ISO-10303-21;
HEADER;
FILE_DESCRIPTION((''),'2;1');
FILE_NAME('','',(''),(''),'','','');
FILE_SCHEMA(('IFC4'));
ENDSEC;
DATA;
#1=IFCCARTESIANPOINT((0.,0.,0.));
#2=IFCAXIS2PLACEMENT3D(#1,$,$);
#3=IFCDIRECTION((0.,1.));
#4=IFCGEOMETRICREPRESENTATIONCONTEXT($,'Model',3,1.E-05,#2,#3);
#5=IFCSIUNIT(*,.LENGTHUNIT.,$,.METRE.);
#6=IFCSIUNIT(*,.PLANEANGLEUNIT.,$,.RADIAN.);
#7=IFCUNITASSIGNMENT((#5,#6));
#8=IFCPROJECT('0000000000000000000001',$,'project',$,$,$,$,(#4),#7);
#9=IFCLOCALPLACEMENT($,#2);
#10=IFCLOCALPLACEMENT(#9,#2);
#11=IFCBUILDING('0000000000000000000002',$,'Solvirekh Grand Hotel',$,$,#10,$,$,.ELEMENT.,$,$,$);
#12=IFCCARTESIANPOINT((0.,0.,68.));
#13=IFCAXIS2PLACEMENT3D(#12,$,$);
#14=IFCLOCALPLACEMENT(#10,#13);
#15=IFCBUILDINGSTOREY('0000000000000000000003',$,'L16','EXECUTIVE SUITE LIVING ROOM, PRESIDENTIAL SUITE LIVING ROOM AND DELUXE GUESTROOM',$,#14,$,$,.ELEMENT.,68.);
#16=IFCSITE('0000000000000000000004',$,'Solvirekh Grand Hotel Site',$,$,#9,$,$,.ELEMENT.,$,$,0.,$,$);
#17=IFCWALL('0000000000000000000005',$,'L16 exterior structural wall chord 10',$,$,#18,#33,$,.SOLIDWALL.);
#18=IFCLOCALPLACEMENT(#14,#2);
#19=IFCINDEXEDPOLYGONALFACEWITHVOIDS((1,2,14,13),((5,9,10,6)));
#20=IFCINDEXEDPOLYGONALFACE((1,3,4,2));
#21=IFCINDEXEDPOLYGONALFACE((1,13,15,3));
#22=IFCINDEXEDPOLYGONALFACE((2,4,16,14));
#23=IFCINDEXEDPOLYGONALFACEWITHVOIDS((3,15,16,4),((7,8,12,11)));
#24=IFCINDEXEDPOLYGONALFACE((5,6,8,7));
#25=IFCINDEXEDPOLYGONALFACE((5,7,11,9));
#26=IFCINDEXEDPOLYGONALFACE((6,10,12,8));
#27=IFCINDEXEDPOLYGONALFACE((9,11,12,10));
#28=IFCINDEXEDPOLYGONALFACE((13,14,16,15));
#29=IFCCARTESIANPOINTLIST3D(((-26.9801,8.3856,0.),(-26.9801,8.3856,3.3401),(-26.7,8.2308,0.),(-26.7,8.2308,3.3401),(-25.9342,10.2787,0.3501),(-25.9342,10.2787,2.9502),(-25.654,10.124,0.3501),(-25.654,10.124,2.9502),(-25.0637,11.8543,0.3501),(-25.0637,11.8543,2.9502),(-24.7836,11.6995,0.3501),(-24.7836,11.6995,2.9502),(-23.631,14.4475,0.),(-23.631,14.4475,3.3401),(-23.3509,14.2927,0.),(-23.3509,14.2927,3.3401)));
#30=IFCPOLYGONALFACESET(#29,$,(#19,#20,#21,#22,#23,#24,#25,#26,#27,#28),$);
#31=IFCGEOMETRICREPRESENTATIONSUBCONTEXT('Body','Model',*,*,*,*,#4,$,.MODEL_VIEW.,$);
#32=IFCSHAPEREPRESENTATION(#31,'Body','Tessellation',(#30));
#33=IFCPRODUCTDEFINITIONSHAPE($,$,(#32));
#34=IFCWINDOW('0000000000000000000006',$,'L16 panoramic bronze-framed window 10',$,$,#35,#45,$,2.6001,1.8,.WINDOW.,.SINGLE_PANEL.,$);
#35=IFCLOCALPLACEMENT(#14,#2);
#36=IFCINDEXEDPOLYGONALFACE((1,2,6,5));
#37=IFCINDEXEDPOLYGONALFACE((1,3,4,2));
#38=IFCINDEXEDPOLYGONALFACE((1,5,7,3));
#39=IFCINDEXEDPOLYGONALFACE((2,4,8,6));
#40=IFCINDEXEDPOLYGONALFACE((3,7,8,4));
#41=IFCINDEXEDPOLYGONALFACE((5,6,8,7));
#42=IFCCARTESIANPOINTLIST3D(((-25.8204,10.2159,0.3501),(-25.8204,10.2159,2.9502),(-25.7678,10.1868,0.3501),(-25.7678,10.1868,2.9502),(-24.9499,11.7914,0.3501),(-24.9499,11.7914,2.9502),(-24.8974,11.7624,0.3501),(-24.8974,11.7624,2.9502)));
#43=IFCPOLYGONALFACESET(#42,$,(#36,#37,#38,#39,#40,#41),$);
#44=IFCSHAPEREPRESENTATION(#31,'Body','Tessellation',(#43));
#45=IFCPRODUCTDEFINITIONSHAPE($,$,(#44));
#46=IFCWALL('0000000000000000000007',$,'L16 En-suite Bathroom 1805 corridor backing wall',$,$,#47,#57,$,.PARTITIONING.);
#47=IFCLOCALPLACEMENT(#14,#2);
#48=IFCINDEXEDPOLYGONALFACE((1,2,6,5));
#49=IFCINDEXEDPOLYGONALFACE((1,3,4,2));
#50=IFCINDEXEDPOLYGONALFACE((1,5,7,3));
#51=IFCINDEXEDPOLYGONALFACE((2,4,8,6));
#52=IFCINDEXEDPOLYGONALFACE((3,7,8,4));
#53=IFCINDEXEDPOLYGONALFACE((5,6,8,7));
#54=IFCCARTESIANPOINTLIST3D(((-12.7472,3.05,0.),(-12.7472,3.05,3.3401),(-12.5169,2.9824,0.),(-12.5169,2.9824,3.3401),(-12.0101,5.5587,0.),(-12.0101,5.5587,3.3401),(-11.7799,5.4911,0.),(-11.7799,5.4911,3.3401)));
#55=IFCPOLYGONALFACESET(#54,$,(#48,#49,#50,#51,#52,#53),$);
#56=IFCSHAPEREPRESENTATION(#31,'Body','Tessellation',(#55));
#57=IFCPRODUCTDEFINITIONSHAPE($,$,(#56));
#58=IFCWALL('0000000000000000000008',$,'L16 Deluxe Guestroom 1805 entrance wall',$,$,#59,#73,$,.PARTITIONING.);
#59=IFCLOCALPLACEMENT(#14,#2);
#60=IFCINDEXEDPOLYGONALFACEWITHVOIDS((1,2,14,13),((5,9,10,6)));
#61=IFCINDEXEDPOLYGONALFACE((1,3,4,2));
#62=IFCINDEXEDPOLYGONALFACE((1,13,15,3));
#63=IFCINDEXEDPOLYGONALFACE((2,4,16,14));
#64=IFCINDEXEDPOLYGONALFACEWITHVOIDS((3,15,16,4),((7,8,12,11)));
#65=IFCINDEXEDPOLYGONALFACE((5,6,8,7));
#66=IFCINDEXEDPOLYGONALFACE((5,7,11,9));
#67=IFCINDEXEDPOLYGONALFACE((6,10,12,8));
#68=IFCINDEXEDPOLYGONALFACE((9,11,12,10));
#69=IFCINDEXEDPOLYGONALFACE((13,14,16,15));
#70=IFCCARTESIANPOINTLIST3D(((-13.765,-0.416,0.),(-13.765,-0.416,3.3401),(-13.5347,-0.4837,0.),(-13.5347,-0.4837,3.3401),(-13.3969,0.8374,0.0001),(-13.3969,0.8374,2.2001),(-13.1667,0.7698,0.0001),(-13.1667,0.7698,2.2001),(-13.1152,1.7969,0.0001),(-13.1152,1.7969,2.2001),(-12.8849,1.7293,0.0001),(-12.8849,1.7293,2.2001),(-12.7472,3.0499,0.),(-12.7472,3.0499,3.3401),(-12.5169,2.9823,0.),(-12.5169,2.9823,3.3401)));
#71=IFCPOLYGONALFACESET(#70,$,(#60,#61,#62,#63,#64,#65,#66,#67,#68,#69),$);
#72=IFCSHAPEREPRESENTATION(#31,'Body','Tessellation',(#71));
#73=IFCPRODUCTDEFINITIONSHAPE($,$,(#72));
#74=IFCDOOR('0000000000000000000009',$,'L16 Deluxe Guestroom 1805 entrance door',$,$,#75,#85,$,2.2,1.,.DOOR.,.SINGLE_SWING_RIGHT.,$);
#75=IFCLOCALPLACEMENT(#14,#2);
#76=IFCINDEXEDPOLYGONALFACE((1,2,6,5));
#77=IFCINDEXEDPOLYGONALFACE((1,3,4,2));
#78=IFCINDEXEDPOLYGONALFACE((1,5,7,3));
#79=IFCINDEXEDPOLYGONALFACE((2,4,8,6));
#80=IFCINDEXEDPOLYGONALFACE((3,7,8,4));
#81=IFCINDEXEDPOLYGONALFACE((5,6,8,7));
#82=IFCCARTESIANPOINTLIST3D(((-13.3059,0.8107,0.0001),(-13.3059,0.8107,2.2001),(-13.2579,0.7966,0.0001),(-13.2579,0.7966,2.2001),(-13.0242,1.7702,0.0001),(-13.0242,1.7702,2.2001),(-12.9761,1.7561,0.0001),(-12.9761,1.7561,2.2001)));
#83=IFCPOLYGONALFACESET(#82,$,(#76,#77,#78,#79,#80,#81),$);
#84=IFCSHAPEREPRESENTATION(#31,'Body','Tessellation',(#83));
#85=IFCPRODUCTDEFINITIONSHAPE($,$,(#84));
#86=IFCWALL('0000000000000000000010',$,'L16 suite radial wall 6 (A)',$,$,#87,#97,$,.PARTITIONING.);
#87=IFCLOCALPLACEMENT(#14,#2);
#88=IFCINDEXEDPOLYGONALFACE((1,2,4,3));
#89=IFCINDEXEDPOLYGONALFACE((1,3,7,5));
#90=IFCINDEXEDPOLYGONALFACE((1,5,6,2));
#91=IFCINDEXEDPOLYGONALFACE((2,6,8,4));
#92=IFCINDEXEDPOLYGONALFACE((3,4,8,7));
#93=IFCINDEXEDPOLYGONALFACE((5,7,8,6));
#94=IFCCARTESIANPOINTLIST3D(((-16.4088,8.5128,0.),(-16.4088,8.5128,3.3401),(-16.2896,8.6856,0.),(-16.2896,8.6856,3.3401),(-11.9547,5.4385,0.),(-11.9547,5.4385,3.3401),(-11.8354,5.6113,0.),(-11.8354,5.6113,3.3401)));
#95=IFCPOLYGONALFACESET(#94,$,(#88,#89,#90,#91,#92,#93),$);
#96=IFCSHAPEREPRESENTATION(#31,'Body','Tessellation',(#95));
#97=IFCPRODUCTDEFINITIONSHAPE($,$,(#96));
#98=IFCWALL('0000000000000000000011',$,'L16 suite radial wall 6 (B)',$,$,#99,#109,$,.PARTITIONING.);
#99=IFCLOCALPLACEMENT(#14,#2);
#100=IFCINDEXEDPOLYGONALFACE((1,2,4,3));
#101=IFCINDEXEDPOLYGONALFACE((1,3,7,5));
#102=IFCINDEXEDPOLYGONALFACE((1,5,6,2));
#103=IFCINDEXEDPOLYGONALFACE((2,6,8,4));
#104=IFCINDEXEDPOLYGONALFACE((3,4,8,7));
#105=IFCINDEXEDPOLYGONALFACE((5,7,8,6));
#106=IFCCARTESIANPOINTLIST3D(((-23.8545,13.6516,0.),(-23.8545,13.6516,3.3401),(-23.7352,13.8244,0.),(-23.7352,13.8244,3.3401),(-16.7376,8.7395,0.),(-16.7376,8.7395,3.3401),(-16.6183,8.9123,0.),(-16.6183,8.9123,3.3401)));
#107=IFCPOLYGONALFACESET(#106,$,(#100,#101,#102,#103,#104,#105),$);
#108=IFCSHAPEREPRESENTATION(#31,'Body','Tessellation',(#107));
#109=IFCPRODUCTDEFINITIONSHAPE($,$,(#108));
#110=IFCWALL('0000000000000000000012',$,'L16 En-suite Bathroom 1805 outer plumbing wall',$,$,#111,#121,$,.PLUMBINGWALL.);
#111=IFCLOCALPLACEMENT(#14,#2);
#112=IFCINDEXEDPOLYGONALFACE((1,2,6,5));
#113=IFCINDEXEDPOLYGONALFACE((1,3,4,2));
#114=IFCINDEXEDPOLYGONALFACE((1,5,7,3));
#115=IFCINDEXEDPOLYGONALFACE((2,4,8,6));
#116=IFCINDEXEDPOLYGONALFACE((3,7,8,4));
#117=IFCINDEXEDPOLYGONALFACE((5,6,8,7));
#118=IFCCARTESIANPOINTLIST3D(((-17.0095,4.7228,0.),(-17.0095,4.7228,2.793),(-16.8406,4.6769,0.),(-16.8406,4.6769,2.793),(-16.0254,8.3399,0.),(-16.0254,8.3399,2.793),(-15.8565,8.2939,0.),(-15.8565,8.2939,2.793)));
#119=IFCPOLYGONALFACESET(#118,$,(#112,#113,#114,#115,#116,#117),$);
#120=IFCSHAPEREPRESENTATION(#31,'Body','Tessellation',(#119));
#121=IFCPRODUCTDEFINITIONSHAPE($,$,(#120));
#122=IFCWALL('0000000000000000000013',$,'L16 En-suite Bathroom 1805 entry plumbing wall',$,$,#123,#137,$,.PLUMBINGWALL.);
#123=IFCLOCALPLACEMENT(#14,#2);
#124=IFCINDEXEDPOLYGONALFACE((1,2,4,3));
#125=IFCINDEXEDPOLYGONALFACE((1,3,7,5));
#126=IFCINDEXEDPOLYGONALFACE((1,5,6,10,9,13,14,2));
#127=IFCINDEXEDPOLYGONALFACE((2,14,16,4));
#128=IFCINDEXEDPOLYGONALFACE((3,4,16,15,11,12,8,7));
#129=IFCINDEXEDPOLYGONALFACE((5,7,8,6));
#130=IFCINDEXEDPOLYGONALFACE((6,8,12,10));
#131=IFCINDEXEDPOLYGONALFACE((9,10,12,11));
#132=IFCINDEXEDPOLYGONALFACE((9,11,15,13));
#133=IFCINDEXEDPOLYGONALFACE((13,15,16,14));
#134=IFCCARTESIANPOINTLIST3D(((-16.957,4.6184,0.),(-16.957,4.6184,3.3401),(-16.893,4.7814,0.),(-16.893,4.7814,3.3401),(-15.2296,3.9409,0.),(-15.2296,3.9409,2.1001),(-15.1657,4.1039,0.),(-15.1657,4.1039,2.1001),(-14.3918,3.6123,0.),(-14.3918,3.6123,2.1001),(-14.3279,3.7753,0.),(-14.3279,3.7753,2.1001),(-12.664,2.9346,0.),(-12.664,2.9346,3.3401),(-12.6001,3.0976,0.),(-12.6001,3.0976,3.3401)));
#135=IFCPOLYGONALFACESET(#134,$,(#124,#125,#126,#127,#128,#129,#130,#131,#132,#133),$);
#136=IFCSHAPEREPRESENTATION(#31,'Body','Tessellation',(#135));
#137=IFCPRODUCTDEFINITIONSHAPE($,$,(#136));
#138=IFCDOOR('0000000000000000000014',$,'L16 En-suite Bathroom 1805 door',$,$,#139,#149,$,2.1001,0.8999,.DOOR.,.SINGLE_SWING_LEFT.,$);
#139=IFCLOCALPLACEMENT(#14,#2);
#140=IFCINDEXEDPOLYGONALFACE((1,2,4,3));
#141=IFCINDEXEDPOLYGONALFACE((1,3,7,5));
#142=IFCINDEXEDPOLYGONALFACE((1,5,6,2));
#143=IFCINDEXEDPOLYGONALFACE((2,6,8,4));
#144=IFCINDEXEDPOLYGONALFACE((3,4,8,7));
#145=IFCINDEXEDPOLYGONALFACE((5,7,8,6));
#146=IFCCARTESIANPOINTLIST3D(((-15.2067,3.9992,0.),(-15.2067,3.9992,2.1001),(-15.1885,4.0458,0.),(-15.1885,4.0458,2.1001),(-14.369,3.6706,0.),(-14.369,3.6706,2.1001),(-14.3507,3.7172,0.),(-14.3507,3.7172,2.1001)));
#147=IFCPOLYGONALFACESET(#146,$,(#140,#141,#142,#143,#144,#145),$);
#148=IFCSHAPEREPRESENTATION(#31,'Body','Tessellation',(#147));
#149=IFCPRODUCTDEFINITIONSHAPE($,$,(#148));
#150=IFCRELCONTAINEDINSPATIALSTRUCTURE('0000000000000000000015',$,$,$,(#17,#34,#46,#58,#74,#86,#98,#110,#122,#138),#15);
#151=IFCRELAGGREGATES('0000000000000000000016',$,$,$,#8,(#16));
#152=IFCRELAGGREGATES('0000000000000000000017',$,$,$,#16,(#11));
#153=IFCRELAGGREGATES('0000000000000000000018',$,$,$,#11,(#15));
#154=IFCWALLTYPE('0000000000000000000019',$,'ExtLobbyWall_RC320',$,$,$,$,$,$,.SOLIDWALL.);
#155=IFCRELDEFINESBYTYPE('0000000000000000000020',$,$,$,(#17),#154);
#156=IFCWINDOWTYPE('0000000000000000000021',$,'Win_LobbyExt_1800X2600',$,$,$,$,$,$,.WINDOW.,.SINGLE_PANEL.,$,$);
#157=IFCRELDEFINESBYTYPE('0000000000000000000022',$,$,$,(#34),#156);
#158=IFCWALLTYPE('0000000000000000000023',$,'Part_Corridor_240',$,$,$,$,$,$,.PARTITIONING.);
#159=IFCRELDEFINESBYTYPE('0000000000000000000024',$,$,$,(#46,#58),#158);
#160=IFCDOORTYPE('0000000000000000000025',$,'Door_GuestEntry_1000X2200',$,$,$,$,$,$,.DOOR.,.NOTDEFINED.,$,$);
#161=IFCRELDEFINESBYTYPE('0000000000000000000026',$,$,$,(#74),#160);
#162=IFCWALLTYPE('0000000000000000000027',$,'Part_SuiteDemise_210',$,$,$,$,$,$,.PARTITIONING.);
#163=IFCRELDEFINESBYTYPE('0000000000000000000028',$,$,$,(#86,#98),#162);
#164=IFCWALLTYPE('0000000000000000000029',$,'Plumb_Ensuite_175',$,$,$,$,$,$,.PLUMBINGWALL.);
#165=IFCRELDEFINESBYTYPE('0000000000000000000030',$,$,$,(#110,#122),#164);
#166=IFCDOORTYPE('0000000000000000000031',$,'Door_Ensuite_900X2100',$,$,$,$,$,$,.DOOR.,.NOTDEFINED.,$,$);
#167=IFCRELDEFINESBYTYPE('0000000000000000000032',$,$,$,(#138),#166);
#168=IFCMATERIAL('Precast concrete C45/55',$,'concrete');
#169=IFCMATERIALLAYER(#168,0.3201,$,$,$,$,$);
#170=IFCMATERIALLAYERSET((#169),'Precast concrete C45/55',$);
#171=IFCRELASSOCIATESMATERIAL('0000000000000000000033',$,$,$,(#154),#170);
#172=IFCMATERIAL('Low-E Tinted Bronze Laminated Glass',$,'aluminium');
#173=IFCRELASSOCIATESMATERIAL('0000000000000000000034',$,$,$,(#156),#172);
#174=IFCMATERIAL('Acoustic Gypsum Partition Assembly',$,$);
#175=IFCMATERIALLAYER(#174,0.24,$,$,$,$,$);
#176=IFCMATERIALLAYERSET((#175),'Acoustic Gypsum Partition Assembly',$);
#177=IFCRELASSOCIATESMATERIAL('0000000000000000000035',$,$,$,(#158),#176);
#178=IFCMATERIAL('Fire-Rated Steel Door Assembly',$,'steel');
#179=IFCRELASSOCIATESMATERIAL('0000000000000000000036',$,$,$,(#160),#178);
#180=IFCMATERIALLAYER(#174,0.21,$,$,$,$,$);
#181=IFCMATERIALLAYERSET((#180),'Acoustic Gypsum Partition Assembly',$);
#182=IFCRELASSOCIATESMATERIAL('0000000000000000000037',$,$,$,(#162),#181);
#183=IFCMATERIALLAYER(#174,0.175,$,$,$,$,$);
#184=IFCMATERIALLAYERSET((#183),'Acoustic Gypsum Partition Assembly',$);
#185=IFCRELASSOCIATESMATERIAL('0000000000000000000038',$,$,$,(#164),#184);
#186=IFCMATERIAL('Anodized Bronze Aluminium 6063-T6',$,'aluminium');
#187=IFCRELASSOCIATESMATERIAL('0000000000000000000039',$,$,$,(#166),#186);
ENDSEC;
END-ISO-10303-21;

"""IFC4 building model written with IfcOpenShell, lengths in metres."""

from ifc_helpers import new_model, si_unit, direction, frame, frame_2d, origin, place, context, subcontext, project, spatial, rectangle, extrude, material, layer, layer_set, type_object, element, fill, save


model = new_model("IFC4")

# Units and contexts
model_context = context("Model", 3, precision=1e-05, world=origin(), true_north=direction((0.0, 1.0)))
body_context = subcontext(model_context, "Body", "Model", "MODEL_VIEW")
ifc_project = project(units=[si_unit("LENGTHUNIT", "METRE"), si_unit("PLANEANGLEUNIT", "RADIAN")], contexts=[model_context])

# Site, building, storey
site_placement = place(None, origin())
site = spatial("IfcSite", under=ifc_project, at=site_placement, Name="Solvirekh Grand Hotel Site", CompositionType="ELEMENT", RefElevation=0.0)
building_placement = place(site_placement, origin())
building = spatial("IfcBuilding", under=site, at=building_placement, Name="Solvirekh Grand Hotel", CompositionType="ELEMENT")
storey_placement = place(building_placement, frame((0.0, 0.0, 68.0)))
storey = spatial("IfcBuildingStorey", under=building, at=storey_placement, Name="L16", Description="EXECUTIVE SUITE LIVING ROOM, PRESIDENTIAL SUITE LIVING ROOM AND DELUXE GUESTROOM", CompositionType="ELEMENT", Elevation=68.0)

# Shared definitions
ifc_material_1 = material(Name="Anodized Bronze Aluminium 6063-T6", Category="aluminium")
ifc_material_2 = material(Name="Low-E Tinted Bronze Laminated Glass", Category="aluminium")

# Wall, opening, window
ifc_material_3 = material(Name="Precast concrete C45/55", Category="concrete")
ifc_layer_1 = layer(ifc_material_3, 0.3201)
ifc_layer_set_1 = layer_set([ifc_layer_1], Name="Precast concrete C45/55")
wall_type_1 = type_object("IfcWallType", Name="ExtLobbyWall_RC320", PredefinedType="SOLIDWALL", material=ifc_layer_set_1)
wall_1_placement = place(storey_placement, frame((-26.8401, 8.3081, 0.0), z_axis=(0.0, 0.0, 1.0), x_axis=(0.483582, 0.875299, 0.0)))
wall_1 = element("IfcWall", 1, at=wall_1_placement, inside=storey, type_object=wall_type_1, Name="L16 exterior structural wall chord 10", PredefinedType="SOLIDWALL", context=body_context, shape_type="SweptSolid", body=[
    extrude(rectangle(XDim=6.9255, YDim=0.3201, at=frame_2d((3.4629, 0.0))), origin(), (0.0, 0.0, 1.0), 3.3401),
])
opening_1_placement = place(wall_1_placement, frame((2.1631, 0.0, 0.3501)))
opening_1 = element("IfcOpeningElement", 2, at=opening_1_placement, cuts=wall_1, PredefinedType="OPENING", context=body_context, shape_type="SweptSolid", body=[
    extrude(rectangle(XDim=1.8, YDim=2.6001, at=frame_2d((0.8999, 1.3))), frame((0.0, 0.1699, 0.0), z_axis=(0.0, -1.0, 0.0), x_axis=(1.0, 0.0, 0.0)), (0.0, 0.0, 1.0), 0.3401),
])
window_type = type_object("IfcWindowType", Name="Win_LobbyExt_1800X2600", PartitioningType="SINGLE_PANEL", PredefinedType="WINDOW", material=ifc_material_2)
window_placement = place(opening_1_placement, origin())
window = element("IfcWindow", 3, at=window_placement, inside=storey, type_object=window_type, Name="L16 panoramic bronze-framed window 10", OverallHeight=2.6001, OverallWidth=1.8, PartitioningType="SINGLE_PANEL", PredefinedType="WINDOW", context=body_context, shape_type="SweptSolid", body=[
    extrude(rectangle(XDim=1.8, YDim=2.6001, at=frame_2d((0.8999, 1.3))), frame((0.0, 0.03, 0.0), z_axis=(0.0, -1.0, 0.0), x_axis=(1.0, 0.0, 0.0)), (0.0, 0.0, 1.0), 0.0601),
])
fill(opening_1, window)

# Wall
ifc_material_4 = material(Name="Acoustic Gypsum Partition Assembly")
ifc_layer_2 = layer(ifc_material_4, 0.24)
ifc_layer_set_2 = layer_set([ifc_layer_2], Name="Acoustic Gypsum Partition Assembly")
wall_type_2 = type_object("IfcWallType", Name="Part_Corridor_240", PredefinedType="PARTITIONING", material=ifc_layer_set_2)
wall_2_placement = place(storey_placement, frame((-11.895, 5.5249, 0.0), z_axis=(0.0, 0.0, 1.0), x_axis=(-0.281878, -0.95945, 0.0)))
element("IfcWall", 4, at=wall_2_placement, inside=storey, type_object=wall_type_2, Name="L16 En-suite Bathroom 1805 corridor backing wall", PredefinedType="PARTITIONING", context=body_context, shape_type="SweptSolid", body=[
    extrude(rectangle(XDim=2.6147, YDim=0.24, at=frame_2d((1.3074, 0.0))), origin(), (0.0, 0.0, 1.0), 3.3401),
])

# Wall, opening, door
wall_3_placement = place(storey_placement, frame((-12.6321, 3.0161, 0.0), z_axis=(0.0, 0.0, 1.0), x_axis=(-0.281756, -0.959486, 0.0)))
wall_3 = element("IfcWall", 5, at=wall_3_placement, inside=storey, type_object=wall_type_2, Name="L16 Deluxe Guestroom 1805 entrance wall", PredefinedType="PARTITIONING", context=body_context, shape_type="SweptSolid", body=[
    extrude(rectangle(XDim=3.6123, YDim=0.24, at=frame_2d((1.8062, 0.0))), origin(), (0.0, 0.0, 1.0), 3.3401),
])
opening_2_placement = place(wall_3_placement, frame((1.3059, 0.0, 0.0)))
opening_2 = element("IfcOpeningElement", 6, at=opening_2_placement, cuts=wall_3, PredefinedType="OPENING", context=body_context, shape_type="SweptSolid", body=[
    extrude(rectangle(XDim=1.0, YDim=2.2, at=frame_2d((0.5, 1.1001))), frame((0.0, 0.1299, 0.0), z_axis=(0.0, -1.0, 0.0), x_axis=(1.0, 0.0, 0.0)), (0.0, 0.0, 1.0), 0.26),
])
ifc_material_5 = material(Name="Fire-Rated Steel Door Assembly", Category="steel")
door_type_1 = type_object("IfcDoorType", Name="Door_GuestEntry_1000X2200", OperationType="NOTDEFINED", PredefinedType="DOOR", material=ifc_material_5)
door_1_placement = place(opening_2_placement, origin())
door_1 = element("IfcDoor", 7, at=door_1_placement, inside=storey, type_object=door_type_1, Name="L16 Deluxe Guestroom 1805 entrance door", OperationType="SINGLE_SWING_RIGHT", OverallHeight=2.2, OverallWidth=1.0, PredefinedType="DOOR", context=body_context, shape_type="SweptSolid", body=[
    extrude(rectangle(XDim=1.0, YDim=2.2, at=frame_2d((0.5, 1.1001))), frame((0.0, 0.0249, 0.0), z_axis=(0.0, -1.0, 0.0), x_axis=(1.0, 0.0, 0.0)), (0.0, 0.0, 1.0), 0.05),
])
fill(opening_2, door_1)

# Walls
ifc_layer_3 = layer(ifc_material_4, 0.21)
ifc_layer_set_3 = layer_set([ifc_layer_3], Name="Acoustic Gypsum Partition Assembly")
wall_type_3 = type_object("IfcWallType", Name="Part_SuiteDemise_210", PredefinedType="PARTITIONING", material=ifc_layer_set_3)
wall_4_placement = place(storey_placement, frame((-11.895, 5.5249, 0.0), z_axis=(0.0, 0.0, 1.0), x_axis=(-0.823003, 0.568037, 0.0)))
element("IfcWall", 8, at=wall_4_placement, inside=storey, type_object=wall_type_3, Name="L16 suite radial wall 6 (A)", PredefinedType="PARTITIONING", context=body_context, shape_type="SweptSolid", body=[
    extrude(rectangle(XDim=5.4121, YDim=0.21, at=frame_2d((2.7061, 0.0))), origin(), (0.0, 0.0, 1.0), 3.3401),
])
wall_5_placement = place(storey_placement, frame((-16.678, 8.8259, 0.0), z_axis=(0.0, 0.0, 1.0), x_axis=(-0.823003, 0.568036, 0.0)))
element("IfcWall", 9, at=wall_5_placement, inside=storey, type_object=wall_type_3, Name="L16 suite radial wall 6 (B)", PredefinedType="PARTITIONING", context=body_context, shape_type="SweptSolid", body=[
    extrude(rectangle(XDim=8.6475, YDim=0.21, at=frame_2d((4.3237, 0.0))), origin(), (0.0, 0.0, 1.0), 3.3401),
])
ifc_layer_4 = layer(ifc_material_4, 0.175)
ifc_layer_set_4 = layer_set([ifc_layer_4], Name="Acoustic Gypsum Partition Assembly")
wall_type_4 = type_object("IfcWallType", Name="Plumb_Ensuite_175", PredefinedType="PLUMBINGWALL", material=ifc_layer_set_4)
wall_6_placement = place(storey_placement, frame((-15.9409, 8.3169, 0.0), z_axis=(0.0, 0.0, 1.0), x_axis=(-0.262544, -0.96492, 0.0)))
element("IfcWall", 10, at=wall_6_placement, inside=storey, type_object=wall_type_4, Name="L16 En-suite Bathroom 1805 outer plumbing wall", PredefinedType="PLUMBINGWALL", context=body_context, shape_type="SweptSolid", body=[
    extrude(rectangle(XDim=3.7485, YDim=0.175, at=frame_2d((1.8743, 0.0))), origin(), (0.0, 0.0, 1.0), 2.793),
])

# Wall, opening, door
wall_7_placement = place(storey_placement, frame((-12.6321, 3.0161, 0.0), z_axis=(0.0, 0.0, 1.0), x_axis=(-0.93095, 0.365148, 0.0)))
wall_7 = element("IfcWall", 11, at=wall_7_placement, inside=storey, type_object=wall_type_4, Name="L16 En-suite Bathroom 1805 entry plumbing wall", PredefinedType="PLUMBINGWALL", context=body_context, shape_type="SweptSolid", body=[
    extrude(rectangle(XDim=4.6113, YDim=0.175, at=frame_2d((2.3057, 0.0))), origin(), (0.0, 0.0, 1.0), 3.3401),
])
opening_3_placement = place(wall_7_placement, frame((1.856, 0.0, 0.0)))
opening_3 = element("IfcOpeningElement", 12, at=opening_3_placement, cuts=wall_7, PredefinedType="OPENING", context=body_context, shape_type="SweptSolid", body=[
    extrude(rectangle(XDim=0.8999, YDim=2.1001, at=frame_2d((0.45, 1.05))), frame((0.0, 0.0977, 0.0), z_axis=(0.0, -1.0, 0.0), x_axis=(1.0, 0.0, 0.0)), (0.0, 0.0, 1.0), 0.1951),
])
door_type_2 = type_object("IfcDoorType", Name="Door_Ensuite_900X2100", OperationType="NOTDEFINED", PredefinedType="DOOR", material=ifc_material_1)
door_2_placement = place(opening_3_placement, origin())
door_2 = element("IfcDoor", 13, at=door_2_placement, inside=storey, type_object=door_type_2, Name="L16 En-suite Bathroom 1805 door", OperationType="SINGLE_SWING_LEFT", OverallHeight=2.1001, OverallWidth=0.8999, PredefinedType="DOOR", context=body_context, shape_type="SweptSolid", body=[
    extrude(rectangle(XDim=0.8999, YDim=2.1001, at=frame_2d((0.45, 1.05))), frame((0.0, 0.0249, 0.0), z_axis=(0.0, -1.0, 0.0), x_axis=(1.0, 0.0, 0.0)), (0.0, 0.0, 1.0), 0.05),
])
fill(opening_3, door_2)

save(model, "model.ifc")
